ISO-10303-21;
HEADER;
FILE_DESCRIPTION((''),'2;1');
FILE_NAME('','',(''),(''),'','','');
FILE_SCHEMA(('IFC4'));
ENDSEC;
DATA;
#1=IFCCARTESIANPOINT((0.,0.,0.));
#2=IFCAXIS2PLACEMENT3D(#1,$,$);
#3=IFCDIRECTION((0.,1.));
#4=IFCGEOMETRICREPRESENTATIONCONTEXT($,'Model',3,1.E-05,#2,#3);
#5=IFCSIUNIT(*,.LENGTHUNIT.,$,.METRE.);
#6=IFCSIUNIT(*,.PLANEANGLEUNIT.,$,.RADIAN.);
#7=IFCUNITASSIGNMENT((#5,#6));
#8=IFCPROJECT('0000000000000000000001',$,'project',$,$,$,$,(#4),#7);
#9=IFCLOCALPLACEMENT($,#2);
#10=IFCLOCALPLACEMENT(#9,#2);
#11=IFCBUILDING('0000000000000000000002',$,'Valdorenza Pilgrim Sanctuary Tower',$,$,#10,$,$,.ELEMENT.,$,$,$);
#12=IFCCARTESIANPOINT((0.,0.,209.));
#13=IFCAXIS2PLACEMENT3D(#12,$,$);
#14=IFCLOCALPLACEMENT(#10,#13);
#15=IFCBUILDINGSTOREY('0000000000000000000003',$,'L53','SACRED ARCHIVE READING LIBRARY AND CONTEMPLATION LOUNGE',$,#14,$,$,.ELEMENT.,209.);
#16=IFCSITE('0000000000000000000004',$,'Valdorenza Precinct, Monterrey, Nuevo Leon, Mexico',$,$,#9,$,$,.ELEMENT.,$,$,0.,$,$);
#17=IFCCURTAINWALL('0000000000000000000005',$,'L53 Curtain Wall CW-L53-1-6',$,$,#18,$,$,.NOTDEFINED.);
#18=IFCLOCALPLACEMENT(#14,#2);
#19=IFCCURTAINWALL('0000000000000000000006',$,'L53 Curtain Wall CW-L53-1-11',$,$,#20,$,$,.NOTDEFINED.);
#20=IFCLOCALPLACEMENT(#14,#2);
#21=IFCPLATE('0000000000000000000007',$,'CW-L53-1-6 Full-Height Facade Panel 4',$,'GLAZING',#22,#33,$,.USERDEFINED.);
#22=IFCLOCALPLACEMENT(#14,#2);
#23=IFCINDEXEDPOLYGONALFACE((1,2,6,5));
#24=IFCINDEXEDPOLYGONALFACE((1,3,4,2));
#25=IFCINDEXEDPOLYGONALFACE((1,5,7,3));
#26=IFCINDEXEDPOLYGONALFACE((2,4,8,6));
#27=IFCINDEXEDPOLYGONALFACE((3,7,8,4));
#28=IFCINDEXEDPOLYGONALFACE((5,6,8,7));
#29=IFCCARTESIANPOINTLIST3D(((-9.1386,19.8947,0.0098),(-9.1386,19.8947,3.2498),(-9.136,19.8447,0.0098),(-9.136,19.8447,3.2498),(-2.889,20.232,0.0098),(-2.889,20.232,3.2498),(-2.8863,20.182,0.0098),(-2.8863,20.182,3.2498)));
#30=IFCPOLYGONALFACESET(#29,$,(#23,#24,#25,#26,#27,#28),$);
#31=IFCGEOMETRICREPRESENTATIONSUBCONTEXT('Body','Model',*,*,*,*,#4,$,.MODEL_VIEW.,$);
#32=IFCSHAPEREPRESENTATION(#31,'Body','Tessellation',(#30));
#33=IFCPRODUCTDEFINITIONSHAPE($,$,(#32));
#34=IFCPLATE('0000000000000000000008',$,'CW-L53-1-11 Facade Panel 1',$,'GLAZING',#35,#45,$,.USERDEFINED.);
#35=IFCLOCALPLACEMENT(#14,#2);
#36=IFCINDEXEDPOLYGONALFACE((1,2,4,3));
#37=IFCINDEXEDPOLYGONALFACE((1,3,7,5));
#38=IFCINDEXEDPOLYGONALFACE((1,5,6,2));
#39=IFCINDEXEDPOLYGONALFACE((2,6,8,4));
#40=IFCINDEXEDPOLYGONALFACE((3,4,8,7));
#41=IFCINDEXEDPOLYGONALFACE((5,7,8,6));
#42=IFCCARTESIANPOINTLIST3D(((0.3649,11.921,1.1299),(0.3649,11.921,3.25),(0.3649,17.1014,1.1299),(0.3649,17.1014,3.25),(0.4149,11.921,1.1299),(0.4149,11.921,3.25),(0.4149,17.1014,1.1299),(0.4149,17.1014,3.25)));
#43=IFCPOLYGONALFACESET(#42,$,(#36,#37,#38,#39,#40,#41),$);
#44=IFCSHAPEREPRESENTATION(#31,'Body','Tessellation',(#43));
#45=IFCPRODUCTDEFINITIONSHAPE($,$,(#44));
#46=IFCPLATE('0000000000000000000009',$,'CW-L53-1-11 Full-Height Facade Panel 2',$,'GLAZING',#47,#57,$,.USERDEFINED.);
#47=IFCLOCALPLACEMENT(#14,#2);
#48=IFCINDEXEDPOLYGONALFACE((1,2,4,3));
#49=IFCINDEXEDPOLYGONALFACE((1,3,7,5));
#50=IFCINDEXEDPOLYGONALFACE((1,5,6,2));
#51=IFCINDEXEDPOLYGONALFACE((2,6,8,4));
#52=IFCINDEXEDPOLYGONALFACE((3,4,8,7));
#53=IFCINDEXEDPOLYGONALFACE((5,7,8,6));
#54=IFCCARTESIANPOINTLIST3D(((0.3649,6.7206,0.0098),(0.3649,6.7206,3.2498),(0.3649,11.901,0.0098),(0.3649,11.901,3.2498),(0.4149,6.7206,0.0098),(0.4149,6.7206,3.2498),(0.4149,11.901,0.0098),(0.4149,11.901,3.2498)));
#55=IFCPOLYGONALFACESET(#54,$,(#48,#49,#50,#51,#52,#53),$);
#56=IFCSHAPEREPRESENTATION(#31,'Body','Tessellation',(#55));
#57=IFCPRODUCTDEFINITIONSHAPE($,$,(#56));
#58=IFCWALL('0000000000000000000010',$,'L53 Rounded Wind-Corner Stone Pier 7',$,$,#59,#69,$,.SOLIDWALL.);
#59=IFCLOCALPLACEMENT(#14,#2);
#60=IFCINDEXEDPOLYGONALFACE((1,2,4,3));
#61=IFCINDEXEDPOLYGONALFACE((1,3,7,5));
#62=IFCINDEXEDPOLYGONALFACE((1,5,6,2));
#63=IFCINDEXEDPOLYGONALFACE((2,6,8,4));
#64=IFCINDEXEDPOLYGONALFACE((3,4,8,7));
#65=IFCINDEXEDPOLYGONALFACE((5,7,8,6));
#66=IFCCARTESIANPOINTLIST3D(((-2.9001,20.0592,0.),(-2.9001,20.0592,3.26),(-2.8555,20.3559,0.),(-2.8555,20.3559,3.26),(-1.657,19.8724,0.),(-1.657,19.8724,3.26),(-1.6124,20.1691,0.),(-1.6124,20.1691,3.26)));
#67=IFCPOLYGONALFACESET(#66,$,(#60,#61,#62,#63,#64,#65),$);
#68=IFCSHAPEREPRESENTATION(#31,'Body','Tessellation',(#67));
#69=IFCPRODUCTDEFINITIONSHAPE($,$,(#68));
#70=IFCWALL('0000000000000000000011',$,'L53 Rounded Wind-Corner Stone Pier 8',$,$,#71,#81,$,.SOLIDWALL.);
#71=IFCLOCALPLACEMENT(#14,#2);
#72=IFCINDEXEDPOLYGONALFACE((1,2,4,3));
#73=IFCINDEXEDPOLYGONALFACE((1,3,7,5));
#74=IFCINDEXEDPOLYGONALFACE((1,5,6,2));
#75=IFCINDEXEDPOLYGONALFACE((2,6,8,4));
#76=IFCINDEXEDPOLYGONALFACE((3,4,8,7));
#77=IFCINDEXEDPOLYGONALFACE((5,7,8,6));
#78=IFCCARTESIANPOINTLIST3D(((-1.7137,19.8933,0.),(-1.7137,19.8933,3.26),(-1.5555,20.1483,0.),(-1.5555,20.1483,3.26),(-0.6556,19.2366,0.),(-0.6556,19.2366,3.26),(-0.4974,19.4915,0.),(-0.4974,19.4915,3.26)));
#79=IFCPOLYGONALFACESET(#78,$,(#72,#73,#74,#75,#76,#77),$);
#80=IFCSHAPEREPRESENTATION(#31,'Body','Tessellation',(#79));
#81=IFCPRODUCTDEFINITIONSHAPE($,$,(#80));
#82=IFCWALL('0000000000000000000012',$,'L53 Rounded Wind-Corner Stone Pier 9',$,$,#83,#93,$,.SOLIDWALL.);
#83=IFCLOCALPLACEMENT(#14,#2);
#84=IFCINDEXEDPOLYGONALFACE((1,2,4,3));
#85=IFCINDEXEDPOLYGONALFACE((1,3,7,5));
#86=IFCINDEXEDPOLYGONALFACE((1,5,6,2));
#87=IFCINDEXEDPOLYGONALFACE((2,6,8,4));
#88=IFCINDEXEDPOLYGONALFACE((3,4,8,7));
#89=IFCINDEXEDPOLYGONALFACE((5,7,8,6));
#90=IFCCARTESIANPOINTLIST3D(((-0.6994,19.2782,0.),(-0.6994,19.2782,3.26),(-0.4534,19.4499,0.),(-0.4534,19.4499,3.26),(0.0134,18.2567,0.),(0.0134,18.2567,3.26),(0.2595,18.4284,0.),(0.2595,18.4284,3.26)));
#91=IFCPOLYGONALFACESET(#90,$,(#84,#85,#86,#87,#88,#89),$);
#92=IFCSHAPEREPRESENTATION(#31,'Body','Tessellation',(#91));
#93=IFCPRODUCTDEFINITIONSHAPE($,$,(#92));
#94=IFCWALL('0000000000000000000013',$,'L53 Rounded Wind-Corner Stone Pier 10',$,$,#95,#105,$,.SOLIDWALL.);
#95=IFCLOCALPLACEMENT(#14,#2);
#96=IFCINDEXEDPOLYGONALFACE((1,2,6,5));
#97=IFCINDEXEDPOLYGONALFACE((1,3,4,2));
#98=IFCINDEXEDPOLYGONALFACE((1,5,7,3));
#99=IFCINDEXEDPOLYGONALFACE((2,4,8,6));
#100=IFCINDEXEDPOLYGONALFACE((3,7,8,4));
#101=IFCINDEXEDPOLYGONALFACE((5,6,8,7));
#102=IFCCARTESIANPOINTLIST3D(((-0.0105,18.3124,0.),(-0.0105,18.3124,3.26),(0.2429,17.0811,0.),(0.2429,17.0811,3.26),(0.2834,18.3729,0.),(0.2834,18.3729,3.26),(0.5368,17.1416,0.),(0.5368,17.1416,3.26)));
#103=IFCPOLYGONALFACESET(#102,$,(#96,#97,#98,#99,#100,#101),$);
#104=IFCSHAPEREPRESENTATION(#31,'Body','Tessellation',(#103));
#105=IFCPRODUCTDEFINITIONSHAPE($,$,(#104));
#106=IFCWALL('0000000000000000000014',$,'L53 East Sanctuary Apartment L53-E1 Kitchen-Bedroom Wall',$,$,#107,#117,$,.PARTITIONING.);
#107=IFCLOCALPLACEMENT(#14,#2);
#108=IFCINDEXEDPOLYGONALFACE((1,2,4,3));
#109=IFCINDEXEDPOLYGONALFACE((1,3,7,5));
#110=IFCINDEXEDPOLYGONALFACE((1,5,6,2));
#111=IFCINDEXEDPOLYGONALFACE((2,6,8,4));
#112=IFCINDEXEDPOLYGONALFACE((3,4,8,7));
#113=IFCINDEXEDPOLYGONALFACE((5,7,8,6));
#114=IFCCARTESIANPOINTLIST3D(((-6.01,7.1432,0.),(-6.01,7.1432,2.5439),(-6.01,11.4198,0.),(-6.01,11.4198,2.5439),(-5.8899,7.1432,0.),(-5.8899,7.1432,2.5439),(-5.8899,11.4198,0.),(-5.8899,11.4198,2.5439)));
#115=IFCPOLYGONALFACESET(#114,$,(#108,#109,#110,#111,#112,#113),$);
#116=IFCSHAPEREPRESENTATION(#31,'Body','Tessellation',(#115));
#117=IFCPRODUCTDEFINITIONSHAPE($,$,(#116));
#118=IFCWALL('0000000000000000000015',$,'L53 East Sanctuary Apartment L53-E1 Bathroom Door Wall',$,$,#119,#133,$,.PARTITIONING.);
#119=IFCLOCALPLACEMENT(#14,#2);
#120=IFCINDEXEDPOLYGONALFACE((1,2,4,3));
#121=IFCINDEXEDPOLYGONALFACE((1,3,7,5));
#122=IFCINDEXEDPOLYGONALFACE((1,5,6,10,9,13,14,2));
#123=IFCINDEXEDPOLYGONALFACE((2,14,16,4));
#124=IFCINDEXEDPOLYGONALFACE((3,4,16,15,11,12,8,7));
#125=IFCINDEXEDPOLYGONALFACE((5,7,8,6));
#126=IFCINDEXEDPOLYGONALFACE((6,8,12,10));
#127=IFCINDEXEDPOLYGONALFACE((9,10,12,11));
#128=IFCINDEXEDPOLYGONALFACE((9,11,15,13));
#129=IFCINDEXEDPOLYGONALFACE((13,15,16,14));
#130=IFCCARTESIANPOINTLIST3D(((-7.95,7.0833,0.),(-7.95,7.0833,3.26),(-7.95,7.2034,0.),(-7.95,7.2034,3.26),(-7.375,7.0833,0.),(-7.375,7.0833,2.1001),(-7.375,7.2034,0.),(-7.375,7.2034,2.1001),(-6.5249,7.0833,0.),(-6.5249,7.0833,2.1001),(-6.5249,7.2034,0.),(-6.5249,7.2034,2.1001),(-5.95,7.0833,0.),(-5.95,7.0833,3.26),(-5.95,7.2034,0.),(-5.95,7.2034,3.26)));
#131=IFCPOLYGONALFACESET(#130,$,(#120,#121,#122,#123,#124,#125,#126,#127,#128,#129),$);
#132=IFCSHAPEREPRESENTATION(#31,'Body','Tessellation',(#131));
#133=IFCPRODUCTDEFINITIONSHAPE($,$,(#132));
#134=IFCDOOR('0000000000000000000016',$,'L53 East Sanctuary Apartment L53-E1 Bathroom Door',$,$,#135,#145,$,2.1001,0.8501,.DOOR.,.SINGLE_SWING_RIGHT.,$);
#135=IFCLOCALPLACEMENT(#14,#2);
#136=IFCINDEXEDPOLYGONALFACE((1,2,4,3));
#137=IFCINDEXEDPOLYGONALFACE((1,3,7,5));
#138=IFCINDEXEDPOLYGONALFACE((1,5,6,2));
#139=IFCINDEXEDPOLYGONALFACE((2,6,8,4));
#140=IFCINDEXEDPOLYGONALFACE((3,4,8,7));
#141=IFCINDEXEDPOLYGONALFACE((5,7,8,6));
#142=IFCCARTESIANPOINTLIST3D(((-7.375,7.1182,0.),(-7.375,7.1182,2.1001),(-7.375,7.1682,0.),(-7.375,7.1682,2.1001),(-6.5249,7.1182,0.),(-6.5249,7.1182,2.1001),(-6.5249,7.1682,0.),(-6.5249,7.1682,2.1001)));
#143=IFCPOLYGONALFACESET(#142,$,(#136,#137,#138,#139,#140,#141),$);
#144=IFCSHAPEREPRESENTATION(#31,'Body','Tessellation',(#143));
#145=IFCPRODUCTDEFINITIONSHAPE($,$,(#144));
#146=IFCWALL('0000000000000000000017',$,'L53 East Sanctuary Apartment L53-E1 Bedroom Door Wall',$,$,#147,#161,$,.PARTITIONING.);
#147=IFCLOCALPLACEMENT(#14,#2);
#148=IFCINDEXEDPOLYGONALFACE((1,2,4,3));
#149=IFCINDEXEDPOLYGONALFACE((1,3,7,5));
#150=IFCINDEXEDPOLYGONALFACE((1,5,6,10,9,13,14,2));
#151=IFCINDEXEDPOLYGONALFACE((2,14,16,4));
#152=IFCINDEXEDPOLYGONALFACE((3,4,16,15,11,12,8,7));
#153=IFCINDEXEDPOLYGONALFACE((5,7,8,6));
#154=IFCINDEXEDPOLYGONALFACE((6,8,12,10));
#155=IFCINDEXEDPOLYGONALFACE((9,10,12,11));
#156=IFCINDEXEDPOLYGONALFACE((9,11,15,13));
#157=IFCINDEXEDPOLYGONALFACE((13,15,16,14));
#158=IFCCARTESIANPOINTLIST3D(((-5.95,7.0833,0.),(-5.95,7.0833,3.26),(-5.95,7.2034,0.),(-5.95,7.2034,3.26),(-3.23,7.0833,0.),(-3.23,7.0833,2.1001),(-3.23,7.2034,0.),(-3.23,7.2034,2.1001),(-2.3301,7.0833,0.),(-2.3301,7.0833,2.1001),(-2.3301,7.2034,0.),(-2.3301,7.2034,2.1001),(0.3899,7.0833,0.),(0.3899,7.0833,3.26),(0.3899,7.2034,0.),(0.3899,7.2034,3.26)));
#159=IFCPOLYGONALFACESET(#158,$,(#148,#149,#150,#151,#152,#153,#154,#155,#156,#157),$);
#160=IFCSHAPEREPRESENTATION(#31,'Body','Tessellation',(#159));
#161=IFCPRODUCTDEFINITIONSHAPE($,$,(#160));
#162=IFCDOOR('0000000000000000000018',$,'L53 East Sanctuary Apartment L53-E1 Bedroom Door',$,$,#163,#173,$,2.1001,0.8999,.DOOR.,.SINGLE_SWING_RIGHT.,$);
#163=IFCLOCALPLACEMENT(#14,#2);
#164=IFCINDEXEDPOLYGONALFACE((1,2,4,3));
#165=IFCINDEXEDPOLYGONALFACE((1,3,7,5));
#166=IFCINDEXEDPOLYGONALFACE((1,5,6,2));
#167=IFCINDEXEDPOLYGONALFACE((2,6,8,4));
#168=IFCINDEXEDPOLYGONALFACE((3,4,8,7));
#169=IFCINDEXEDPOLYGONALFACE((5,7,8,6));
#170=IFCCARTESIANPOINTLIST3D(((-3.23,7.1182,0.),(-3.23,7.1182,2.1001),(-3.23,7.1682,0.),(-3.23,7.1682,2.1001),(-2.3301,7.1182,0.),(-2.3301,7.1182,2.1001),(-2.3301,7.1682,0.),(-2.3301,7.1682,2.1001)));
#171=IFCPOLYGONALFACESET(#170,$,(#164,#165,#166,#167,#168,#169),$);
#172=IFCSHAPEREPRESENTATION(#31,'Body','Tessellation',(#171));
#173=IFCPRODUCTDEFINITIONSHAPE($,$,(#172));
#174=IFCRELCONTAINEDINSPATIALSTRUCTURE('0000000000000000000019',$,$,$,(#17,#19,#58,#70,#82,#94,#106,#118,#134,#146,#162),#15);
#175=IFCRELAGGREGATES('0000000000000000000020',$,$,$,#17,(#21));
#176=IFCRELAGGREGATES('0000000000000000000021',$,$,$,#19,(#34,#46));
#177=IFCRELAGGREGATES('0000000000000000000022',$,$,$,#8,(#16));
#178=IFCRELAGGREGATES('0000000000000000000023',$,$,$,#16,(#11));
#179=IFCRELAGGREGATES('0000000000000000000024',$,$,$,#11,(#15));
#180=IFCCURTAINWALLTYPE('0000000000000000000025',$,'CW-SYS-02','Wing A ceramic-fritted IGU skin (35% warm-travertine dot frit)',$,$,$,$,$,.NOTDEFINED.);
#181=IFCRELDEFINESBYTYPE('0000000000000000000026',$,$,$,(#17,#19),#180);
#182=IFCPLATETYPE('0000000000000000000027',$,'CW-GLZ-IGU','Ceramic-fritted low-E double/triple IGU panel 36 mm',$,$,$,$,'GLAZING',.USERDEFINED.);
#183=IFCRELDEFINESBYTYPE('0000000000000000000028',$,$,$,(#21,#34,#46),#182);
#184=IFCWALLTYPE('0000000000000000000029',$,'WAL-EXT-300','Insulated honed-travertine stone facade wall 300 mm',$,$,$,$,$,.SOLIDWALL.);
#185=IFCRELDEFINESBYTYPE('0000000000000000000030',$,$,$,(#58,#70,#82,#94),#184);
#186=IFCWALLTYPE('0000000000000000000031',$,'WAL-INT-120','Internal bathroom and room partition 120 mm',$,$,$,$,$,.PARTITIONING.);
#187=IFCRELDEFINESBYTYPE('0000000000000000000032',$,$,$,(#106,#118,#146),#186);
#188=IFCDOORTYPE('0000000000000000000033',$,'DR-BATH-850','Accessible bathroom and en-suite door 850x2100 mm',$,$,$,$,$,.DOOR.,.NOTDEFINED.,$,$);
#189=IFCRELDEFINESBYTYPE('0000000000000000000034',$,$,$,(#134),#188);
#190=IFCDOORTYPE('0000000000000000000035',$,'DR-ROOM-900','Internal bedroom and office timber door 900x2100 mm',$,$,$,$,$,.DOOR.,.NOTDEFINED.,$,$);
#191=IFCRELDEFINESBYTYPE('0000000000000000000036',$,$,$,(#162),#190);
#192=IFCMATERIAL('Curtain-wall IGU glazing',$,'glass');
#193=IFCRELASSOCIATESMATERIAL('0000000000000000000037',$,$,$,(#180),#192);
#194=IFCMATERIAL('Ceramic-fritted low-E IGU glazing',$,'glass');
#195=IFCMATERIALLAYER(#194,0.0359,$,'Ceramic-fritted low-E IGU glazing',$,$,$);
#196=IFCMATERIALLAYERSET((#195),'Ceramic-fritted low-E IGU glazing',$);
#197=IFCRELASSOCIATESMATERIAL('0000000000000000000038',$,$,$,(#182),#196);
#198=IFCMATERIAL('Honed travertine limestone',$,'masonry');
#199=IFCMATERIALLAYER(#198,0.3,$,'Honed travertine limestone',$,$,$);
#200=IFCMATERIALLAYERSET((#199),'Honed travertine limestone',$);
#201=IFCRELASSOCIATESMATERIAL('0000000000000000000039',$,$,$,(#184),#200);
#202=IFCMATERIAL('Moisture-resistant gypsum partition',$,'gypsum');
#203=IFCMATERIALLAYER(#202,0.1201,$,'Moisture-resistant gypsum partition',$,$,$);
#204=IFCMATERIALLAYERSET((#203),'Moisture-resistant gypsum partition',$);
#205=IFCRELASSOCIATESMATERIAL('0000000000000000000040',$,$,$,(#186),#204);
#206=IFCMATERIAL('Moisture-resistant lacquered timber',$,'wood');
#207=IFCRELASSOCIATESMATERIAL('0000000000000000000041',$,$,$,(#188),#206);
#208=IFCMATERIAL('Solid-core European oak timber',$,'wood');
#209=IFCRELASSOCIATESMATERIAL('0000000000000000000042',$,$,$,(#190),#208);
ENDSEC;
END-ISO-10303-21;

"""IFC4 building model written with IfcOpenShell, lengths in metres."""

from ifc_helpers import new_model, si_unit, direction, frame, frame_2d, origin, origin_2d, place, context, subcontext, project, spatial, rectangle, extrude, source, transform, mapped, material, layer, layer_set, type_object, element, fill, aggregate, save


model = new_model("IFC4")

# Units and contexts
model_context = context("Model", 3, precision=1e-05, world=origin(), true_north=direction((0.0, 1.0)))
body_context = subcontext(model_context, "Body", "Model", "MODEL_VIEW")
ifc_project = project(units=[si_unit("LENGTHUNIT", "METRE"), si_unit("PLANEANGLEUNIT", "RADIAN")], contexts=[model_context])

# Site, building, storey
site_placement = place(None, origin())
site = spatial("IfcSite", under=ifc_project, at=site_placement, Name="Valdorenza Precinct, Monterrey, Nuevo Leon, Mexico", CompositionType="ELEMENT", RefElevation=0.0)
building_placement = place(site_placement, origin())
building = spatial("IfcBuilding", under=site, at=building_placement, Name="Valdorenza Pilgrim Sanctuary Tower", CompositionType="ELEMENT")
storey_placement = place(building_placement, frame((0.0, 0.0, 209.0)))
storey = spatial("IfcBuildingStorey", under=building, at=storey_placement, Name="L53", Description="SACRED ARCHIVE READING LIBRARY AND CONTEMPLATION LOUNGE", CompositionType="ELEMENT", Elevation=209.0)

# Curtain wall
ifc_material_1 = material(Name="Curtain-wall IGU glazing", Category="glass")
curtain_wall_type = type_object("IfcCurtainWallType", Name="CW-SYS-02", Description="Wing A ceramic-fritted IGU skin (35% warm-travertine dot frit)", PredefinedType="NOTDEFINED", material=ifc_material_1)
curtain_wall_1_placement = place(storey_placement, origin())
curtain_wall_1 = element("IfcCurtainWall", 1, at=curtain_wall_1_placement, inside=storey, type_object=curtain_wall_type, Name="L53 Curtain Wall CW-L53-1-6", PredefinedType="NOTDEFINED")

# Curtain wall
curtain_wall_2_placement = place(storey_placement, origin())
curtain_wall_2 = element("IfcCurtainWall", 2, at=curtain_wall_2_placement, inside=storey, type_object=curtain_wall_type, Name="L53 Curtain Wall CW-L53-1-11", PredefinedType="NOTDEFINED")
ifc_material_2 = material(Name="Honed travertine limestone", Category="masonry")

# Plates
ifc_material_3 = material(Name="Ceramic-fritted low-E IGU glazing", Category="glass")
ifc_layer_1 = layer(ifc_material_3, 0.0359, Name="Ceramic-fritted low-E IGU glazing")
ifc_layer_set_1 = layer_set([ifc_layer_1], Name="Ceramic-fritted low-E IGU glazing")
plate_type_1 = type_object("IfcPlateType", Name="CW-GLZ-IGU", Description="Ceramic-fritted low-E double/triple IGU panel 36 mm", ElementType="GLAZING", PredefinedType="USERDEFINED", material=ifc_layer_set_1)
shared_shape_1 = source(origin(), body_context, "Body", "SweptSolid", [
    extrude(rectangle(XDim=6.2588, YDim=0.05, at=origin_2d()), origin(), (0.0, 0.0, 1.0), 3.24),
])
plate_1_placement = place(storey_placement, frame((-6.0125, 20.0383, 0.0098), z_axis=(0.0, 0.0, 1.0), x_axis=(0.998547, 0.053887, 0.0)))
plate_1 = element("IfcPlate", 3, at=plate_1_placement, type_object=plate_type_1, Name="CW-L53-1-6 Full-Height Facade Panel 4", ObjectType="GLAZING", PredefinedType="USERDEFINED", context=body_context, shape_type="MappedRepresentation", body=[
    mapped(shared_shape_1, transform((0.0, 0.0, 0.0), x_axis=(1.0, 0.0, 0.0), y_axis=(0.0, 1.0, 0.0), z_axis=(0.0, 0.0, 1.0), scale=1.0)),
])
aggregate(curtain_wall_1, [plate_1])
shared_shape_2 = source(origin(), body_context, "Body", "SweptSolid", [
    extrude(rectangle(XDim=5.1804, YDim=0.05, at=origin_2d()), origin(), (0.0, 0.0, 1.0), 2.1201),
])
plate_2_placement = place(storey_placement, frame((0.3899, 14.5112, 1.1299), z_axis=(0.0, 0.0, 1.0), x_axis=(0.0, -1.0, 0.0)))
plate_2 = element("IfcPlate", 4, at=plate_2_placement, type_object=plate_type_1, Name="CW-L53-1-11 Facade Panel 1", ObjectType="GLAZING", PredefinedType="USERDEFINED", context=body_context, shape_type="MappedRepresentation", body=[
    mapped(shared_shape_2, transform((0.0, 0.0, 0.0), x_axis=(1.0, 0.0, 0.0), y_axis=(0.0, 1.0, 0.0), z_axis=(0.0, 0.0, 1.0), scale=1.0)),
])
shared_shape_3 = source(origin(), body_context, "Body", "SweptSolid", [
    extrude(rectangle(XDim=5.1804, YDim=0.05, at=origin_2d()), origin(), (0.0, 0.0, 1.0), 3.24),
])
plate_3_placement = place(storey_placement, frame((0.3899, 9.3108, 0.0098), z_axis=(0.0, 0.0, 1.0), x_axis=(0.0, -1.0, 0.0)))
plate_3 = element("IfcPlate", 5, at=plate_3_placement, type_object=plate_type_1, Name="CW-L53-1-11 Full-Height Facade Panel 2", ObjectType="GLAZING", PredefinedType="USERDEFINED", context=body_context, shape_type="MappedRepresentation", body=[
    mapped(shared_shape_3, transform((0.0, 0.0, 0.0), x_axis=(1.0, 0.0, 0.0), y_axis=(0.0, 1.0, 0.0), z_axis=(0.0, 0.0, 1.0), scale=1.0)),
])
aggregate(curtain_wall_2, [plate_2, plate_3])

# Walls
ifc_layer_2 = layer(ifc_material_2, 0.3, Name="Honed travertine limestone")
ifc_layer_set_2 = layer_set([ifc_layer_2], Name="Honed travertine limestone")
wall_type_1 = type_object("IfcWallType", Name="WAL-EXT-300", Description="Insulated honed-travertine stone facade wall 300 mm", PredefinedType="SOLIDWALL", material=ifc_layer_set_2)
wall_1_placement = place(storey_placement, frame((-2.8777, 20.2075, 0.0), z_axis=(0.0, 0.0, 1.0), x_axis=(0.988902, -0.148568, 0.0)))
element("IfcWall", 6, at=wall_1_placement, inside=storey, type_object=wall_type_1, Name="L53 Rounded Wind-Corner Stone Pier 7", PredefinedType="SOLIDWALL", context=body_context, shape_type="SweptSolid", body=[
    extrude(rectangle(XDim=1.2571, YDim=0.3, at=frame_2d((0.6284, 0.0))), origin(), (0.0, 0.0, 1.0), 3.26),
])
wall_2_placement = place(storey_placement, frame((-1.6345, 20.0208, 0.0), z_axis=(0.0, 0.0, 1.0), x_axis=(0.849646, -0.527353, 0.0)))
element("IfcWall", 7, at=wall_2_placement, inside=storey, type_object=wall_type_1, Name="L53 Rounded Wind-Corner Stone Pier 8", PredefinedType="SOLIDWALL", context=body_context, shape_type="SweptSolid", body=[
    extrude(rectangle(XDim=1.2454, YDim=0.3, at=frame_2d((0.6226, 0.0))), origin(), (0.0, 0.0, 1.0), 3.26),
])
wall_3_placement = place(storey_placement, frame((-0.5764, 19.364, 0.0), z_axis=(0.0, 0.0, 1.0), x_axis=(0.572304, -0.820041, 0.0)))
element("IfcWall", 8, at=wall_3_placement, inside=storey, type_object=wall_type_1, Name="L53 Rounded Wind-Corner Stone Pier 9", PredefinedType="SOLIDWALL", context=body_context, shape_type="SweptSolid", body=[
    extrude(rectangle(XDim=1.2456, YDim=0.3, at=frame_2d((0.6228, 0.0))), origin(), (0.0, 0.0, 1.0), 3.26),
])
wall_4_placement = place(storey_placement, frame((0.1365, 18.3425, 0.0), z_axis=(0.0, 0.0, 1.0), x_axis=(0.201604, -0.979467, 0.0)))
element("IfcWall", 9, at=wall_4_placement, inside=storey, type_object=wall_type_1, Name="L53 Rounded Wind-Corner Stone Pier 10", PredefinedType="SOLIDWALL", context=body_context, shape_type="SweptSolid", body=[
    extrude(rectangle(XDim=1.2571, YDim=0.3, at=frame_2d((0.6284, 0.0))), origin(), (0.0, 0.0, 1.0), 3.26),
])
ifc_material_4 = material(Name="Moisture-resistant gypsum partition", Category="gypsum")
ifc_layer_3 = layer(ifc_material_4, 0.1201, Name="Moisture-resistant gypsum partition")
ifc_layer_set_3 = layer_set([ifc_layer_3], Name="Moisture-resistant gypsum partition")
wall_type_2 = type_object("IfcWallType", Name="WAL-INT-120", Description="Internal bathroom and room partition 120 mm", PredefinedType="PARTITIONING", material=ifc_layer_set_3)
wall_5_placement = place(storey_placement, frame((-5.95, 7.1433, 0.0), z_axis=(0.0, 0.0, 1.0), x_axis=(0.0, 1.0, 0.0)))
element("IfcWall", 10, at=wall_5_placement, inside=storey, type_object=wall_type_2, Name="L53 East Sanctuary Apartment L53-E1 Kitchen-Bedroom Wall", PredefinedType="PARTITIONING", context=body_context, shape_type="SweptSolid", body=[
    extrude(rectangle(XDim=4.2766, YDim=0.1201, at=frame_2d((2.1382, 0.0))), origin(), (0.0, 0.0, 1.0), 2.5439),
])

# Walls, openings, doors
wall_6_placement = place(storey_placement, frame((-7.95, 7.1433, 0.0), z_axis=(0.0, 0.0, 1.0), x_axis=(1.0, 0.0, 0.0)))
wall_6 = element("IfcWall", 11, at=wall_6_placement, inside=storey, type_object=wall_type_2, Name="L53 East Sanctuary Apartment L53-E1 Bathroom Door Wall", PredefinedType="PARTITIONING", context=body_context, shape_type="SweptSolid", body=[
    extrude(rectangle(XDim=2.0, YDim=0.1201, at=frame_2d((1.0, 0.0))), origin(), (0.0, 0.0, 1.0), 3.26),
])
opening_1_placement = place(wall_6_placement, frame((0.575, 0.0, 0.0)))
opening_1 = element("IfcOpeningElement", 12, at=opening_1_placement, cuts=wall_6, PredefinedType="OPENING", context=body_context, shape_type="SweptSolid", body=[
    extrude(rectangle(XDim=0.8501, YDim=2.1001, at=frame_2d((0.425, 1.05))), frame((0.0, 0.075, 0.0), z_axis=(0.0, -1.0, 0.0), x_axis=(1.0, 0.0, 0.0)), (0.0, 0.0, 1.0), 0.1499),
])
ifc_material_5 = material(Name="Moisture-resistant lacquered timber", Category="wood")
door_type_1 = type_object("IfcDoorType", Name="DR-BATH-850", Description="Accessible bathroom and en-suite door 850x2100 mm", OperationType="NOTDEFINED", PredefinedType="DOOR", material=ifc_material_5)
door_1_placement = place(opening_1_placement, origin())
door_1 = element("IfcDoor", 13, at=door_1_placement, inside=storey, type_object=door_type_1, Name="L53 East Sanctuary Apartment L53-E1 Bathroom Door", OperationType="SINGLE_SWING_RIGHT", OverallHeight=2.1001, OverallWidth=0.8501, PredefinedType="DOOR", context=body_context, shape_type="SweptSolid", body=[
    extrude(rectangle(XDim=0.8501, YDim=2.1001, at=frame_2d((0.425, 1.05))), frame((0.0, 0.0249, 0.0), z_axis=(0.0, -1.0, 0.0), x_axis=(1.0, 0.0, 0.0)), (0.0, 0.0, 1.0), 0.05),
])
fill(opening_1, door_1)
wall_7_placement = place(storey_placement, frame((-5.95, 7.1433, 0.0), z_axis=(0.0, 0.0, 1.0), x_axis=(1.0, 0.0, 0.0)))
wall_7 = element("IfcWall", 14, at=wall_7_placement, inside=storey, type_object=wall_type_2, Name="L53 East Sanctuary Apartment L53-E1 Bedroom Door Wall", PredefinedType="PARTITIONING", context=body_context, shape_type="SweptSolid", body=[
    extrude(rectangle(XDim=6.3398, YDim=0.1201, at=frame_2d((3.1699, 0.0))), origin(), (0.0, 0.0, 1.0), 3.26),
])
opening_2_placement = place(wall_7_placement, frame((2.72, 0.0, 0.0)))
opening_2 = element("IfcOpeningElement", 15, at=opening_2_placement, cuts=wall_7, PredefinedType="OPENING", context=body_context, shape_type="SweptSolid", body=[
    extrude(rectangle(XDim=0.8999, YDim=2.1001, at=frame_2d((0.45, 1.05))), frame((0.0, 0.075, 0.0), z_axis=(0.0, -1.0, 0.0), x_axis=(1.0, 0.0, 0.0)), (0.0, 0.0, 1.0), 0.1499),
])
ifc_material_6 = material(Name="Solid-core European oak timber", Category="wood")
door_type_2 = type_object("IfcDoorType", Name="DR-ROOM-900", Description="Internal bedroom and office timber door 900x2100 mm", OperationType="NOTDEFINED", PredefinedType="DOOR", material=ifc_material_6)
door_2_placement = place(opening_2_placement, origin())
door_2 = element("IfcDoor", 16, at=door_2_placement, inside=storey, type_object=door_type_2, Name="L53 East Sanctuary Apartment L53-E1 Bedroom Door", OperationType="SINGLE_SWING_RIGHT", OverallHeight=2.1001, OverallWidth=0.8999, PredefinedType="DOOR", context=body_context, shape_type="SweptSolid", body=[
    extrude(rectangle(XDim=0.8999, YDim=2.1001, at=frame_2d((0.45, 1.05))), frame((0.0, 0.0249, 0.0), z_axis=(0.0, -1.0, 0.0), x_axis=(1.0, 0.0, 0.0)), (0.0, 0.0, 1.0), 0.05),
])
fill(opening_2, door_2)

save(model, "model.ifc")
